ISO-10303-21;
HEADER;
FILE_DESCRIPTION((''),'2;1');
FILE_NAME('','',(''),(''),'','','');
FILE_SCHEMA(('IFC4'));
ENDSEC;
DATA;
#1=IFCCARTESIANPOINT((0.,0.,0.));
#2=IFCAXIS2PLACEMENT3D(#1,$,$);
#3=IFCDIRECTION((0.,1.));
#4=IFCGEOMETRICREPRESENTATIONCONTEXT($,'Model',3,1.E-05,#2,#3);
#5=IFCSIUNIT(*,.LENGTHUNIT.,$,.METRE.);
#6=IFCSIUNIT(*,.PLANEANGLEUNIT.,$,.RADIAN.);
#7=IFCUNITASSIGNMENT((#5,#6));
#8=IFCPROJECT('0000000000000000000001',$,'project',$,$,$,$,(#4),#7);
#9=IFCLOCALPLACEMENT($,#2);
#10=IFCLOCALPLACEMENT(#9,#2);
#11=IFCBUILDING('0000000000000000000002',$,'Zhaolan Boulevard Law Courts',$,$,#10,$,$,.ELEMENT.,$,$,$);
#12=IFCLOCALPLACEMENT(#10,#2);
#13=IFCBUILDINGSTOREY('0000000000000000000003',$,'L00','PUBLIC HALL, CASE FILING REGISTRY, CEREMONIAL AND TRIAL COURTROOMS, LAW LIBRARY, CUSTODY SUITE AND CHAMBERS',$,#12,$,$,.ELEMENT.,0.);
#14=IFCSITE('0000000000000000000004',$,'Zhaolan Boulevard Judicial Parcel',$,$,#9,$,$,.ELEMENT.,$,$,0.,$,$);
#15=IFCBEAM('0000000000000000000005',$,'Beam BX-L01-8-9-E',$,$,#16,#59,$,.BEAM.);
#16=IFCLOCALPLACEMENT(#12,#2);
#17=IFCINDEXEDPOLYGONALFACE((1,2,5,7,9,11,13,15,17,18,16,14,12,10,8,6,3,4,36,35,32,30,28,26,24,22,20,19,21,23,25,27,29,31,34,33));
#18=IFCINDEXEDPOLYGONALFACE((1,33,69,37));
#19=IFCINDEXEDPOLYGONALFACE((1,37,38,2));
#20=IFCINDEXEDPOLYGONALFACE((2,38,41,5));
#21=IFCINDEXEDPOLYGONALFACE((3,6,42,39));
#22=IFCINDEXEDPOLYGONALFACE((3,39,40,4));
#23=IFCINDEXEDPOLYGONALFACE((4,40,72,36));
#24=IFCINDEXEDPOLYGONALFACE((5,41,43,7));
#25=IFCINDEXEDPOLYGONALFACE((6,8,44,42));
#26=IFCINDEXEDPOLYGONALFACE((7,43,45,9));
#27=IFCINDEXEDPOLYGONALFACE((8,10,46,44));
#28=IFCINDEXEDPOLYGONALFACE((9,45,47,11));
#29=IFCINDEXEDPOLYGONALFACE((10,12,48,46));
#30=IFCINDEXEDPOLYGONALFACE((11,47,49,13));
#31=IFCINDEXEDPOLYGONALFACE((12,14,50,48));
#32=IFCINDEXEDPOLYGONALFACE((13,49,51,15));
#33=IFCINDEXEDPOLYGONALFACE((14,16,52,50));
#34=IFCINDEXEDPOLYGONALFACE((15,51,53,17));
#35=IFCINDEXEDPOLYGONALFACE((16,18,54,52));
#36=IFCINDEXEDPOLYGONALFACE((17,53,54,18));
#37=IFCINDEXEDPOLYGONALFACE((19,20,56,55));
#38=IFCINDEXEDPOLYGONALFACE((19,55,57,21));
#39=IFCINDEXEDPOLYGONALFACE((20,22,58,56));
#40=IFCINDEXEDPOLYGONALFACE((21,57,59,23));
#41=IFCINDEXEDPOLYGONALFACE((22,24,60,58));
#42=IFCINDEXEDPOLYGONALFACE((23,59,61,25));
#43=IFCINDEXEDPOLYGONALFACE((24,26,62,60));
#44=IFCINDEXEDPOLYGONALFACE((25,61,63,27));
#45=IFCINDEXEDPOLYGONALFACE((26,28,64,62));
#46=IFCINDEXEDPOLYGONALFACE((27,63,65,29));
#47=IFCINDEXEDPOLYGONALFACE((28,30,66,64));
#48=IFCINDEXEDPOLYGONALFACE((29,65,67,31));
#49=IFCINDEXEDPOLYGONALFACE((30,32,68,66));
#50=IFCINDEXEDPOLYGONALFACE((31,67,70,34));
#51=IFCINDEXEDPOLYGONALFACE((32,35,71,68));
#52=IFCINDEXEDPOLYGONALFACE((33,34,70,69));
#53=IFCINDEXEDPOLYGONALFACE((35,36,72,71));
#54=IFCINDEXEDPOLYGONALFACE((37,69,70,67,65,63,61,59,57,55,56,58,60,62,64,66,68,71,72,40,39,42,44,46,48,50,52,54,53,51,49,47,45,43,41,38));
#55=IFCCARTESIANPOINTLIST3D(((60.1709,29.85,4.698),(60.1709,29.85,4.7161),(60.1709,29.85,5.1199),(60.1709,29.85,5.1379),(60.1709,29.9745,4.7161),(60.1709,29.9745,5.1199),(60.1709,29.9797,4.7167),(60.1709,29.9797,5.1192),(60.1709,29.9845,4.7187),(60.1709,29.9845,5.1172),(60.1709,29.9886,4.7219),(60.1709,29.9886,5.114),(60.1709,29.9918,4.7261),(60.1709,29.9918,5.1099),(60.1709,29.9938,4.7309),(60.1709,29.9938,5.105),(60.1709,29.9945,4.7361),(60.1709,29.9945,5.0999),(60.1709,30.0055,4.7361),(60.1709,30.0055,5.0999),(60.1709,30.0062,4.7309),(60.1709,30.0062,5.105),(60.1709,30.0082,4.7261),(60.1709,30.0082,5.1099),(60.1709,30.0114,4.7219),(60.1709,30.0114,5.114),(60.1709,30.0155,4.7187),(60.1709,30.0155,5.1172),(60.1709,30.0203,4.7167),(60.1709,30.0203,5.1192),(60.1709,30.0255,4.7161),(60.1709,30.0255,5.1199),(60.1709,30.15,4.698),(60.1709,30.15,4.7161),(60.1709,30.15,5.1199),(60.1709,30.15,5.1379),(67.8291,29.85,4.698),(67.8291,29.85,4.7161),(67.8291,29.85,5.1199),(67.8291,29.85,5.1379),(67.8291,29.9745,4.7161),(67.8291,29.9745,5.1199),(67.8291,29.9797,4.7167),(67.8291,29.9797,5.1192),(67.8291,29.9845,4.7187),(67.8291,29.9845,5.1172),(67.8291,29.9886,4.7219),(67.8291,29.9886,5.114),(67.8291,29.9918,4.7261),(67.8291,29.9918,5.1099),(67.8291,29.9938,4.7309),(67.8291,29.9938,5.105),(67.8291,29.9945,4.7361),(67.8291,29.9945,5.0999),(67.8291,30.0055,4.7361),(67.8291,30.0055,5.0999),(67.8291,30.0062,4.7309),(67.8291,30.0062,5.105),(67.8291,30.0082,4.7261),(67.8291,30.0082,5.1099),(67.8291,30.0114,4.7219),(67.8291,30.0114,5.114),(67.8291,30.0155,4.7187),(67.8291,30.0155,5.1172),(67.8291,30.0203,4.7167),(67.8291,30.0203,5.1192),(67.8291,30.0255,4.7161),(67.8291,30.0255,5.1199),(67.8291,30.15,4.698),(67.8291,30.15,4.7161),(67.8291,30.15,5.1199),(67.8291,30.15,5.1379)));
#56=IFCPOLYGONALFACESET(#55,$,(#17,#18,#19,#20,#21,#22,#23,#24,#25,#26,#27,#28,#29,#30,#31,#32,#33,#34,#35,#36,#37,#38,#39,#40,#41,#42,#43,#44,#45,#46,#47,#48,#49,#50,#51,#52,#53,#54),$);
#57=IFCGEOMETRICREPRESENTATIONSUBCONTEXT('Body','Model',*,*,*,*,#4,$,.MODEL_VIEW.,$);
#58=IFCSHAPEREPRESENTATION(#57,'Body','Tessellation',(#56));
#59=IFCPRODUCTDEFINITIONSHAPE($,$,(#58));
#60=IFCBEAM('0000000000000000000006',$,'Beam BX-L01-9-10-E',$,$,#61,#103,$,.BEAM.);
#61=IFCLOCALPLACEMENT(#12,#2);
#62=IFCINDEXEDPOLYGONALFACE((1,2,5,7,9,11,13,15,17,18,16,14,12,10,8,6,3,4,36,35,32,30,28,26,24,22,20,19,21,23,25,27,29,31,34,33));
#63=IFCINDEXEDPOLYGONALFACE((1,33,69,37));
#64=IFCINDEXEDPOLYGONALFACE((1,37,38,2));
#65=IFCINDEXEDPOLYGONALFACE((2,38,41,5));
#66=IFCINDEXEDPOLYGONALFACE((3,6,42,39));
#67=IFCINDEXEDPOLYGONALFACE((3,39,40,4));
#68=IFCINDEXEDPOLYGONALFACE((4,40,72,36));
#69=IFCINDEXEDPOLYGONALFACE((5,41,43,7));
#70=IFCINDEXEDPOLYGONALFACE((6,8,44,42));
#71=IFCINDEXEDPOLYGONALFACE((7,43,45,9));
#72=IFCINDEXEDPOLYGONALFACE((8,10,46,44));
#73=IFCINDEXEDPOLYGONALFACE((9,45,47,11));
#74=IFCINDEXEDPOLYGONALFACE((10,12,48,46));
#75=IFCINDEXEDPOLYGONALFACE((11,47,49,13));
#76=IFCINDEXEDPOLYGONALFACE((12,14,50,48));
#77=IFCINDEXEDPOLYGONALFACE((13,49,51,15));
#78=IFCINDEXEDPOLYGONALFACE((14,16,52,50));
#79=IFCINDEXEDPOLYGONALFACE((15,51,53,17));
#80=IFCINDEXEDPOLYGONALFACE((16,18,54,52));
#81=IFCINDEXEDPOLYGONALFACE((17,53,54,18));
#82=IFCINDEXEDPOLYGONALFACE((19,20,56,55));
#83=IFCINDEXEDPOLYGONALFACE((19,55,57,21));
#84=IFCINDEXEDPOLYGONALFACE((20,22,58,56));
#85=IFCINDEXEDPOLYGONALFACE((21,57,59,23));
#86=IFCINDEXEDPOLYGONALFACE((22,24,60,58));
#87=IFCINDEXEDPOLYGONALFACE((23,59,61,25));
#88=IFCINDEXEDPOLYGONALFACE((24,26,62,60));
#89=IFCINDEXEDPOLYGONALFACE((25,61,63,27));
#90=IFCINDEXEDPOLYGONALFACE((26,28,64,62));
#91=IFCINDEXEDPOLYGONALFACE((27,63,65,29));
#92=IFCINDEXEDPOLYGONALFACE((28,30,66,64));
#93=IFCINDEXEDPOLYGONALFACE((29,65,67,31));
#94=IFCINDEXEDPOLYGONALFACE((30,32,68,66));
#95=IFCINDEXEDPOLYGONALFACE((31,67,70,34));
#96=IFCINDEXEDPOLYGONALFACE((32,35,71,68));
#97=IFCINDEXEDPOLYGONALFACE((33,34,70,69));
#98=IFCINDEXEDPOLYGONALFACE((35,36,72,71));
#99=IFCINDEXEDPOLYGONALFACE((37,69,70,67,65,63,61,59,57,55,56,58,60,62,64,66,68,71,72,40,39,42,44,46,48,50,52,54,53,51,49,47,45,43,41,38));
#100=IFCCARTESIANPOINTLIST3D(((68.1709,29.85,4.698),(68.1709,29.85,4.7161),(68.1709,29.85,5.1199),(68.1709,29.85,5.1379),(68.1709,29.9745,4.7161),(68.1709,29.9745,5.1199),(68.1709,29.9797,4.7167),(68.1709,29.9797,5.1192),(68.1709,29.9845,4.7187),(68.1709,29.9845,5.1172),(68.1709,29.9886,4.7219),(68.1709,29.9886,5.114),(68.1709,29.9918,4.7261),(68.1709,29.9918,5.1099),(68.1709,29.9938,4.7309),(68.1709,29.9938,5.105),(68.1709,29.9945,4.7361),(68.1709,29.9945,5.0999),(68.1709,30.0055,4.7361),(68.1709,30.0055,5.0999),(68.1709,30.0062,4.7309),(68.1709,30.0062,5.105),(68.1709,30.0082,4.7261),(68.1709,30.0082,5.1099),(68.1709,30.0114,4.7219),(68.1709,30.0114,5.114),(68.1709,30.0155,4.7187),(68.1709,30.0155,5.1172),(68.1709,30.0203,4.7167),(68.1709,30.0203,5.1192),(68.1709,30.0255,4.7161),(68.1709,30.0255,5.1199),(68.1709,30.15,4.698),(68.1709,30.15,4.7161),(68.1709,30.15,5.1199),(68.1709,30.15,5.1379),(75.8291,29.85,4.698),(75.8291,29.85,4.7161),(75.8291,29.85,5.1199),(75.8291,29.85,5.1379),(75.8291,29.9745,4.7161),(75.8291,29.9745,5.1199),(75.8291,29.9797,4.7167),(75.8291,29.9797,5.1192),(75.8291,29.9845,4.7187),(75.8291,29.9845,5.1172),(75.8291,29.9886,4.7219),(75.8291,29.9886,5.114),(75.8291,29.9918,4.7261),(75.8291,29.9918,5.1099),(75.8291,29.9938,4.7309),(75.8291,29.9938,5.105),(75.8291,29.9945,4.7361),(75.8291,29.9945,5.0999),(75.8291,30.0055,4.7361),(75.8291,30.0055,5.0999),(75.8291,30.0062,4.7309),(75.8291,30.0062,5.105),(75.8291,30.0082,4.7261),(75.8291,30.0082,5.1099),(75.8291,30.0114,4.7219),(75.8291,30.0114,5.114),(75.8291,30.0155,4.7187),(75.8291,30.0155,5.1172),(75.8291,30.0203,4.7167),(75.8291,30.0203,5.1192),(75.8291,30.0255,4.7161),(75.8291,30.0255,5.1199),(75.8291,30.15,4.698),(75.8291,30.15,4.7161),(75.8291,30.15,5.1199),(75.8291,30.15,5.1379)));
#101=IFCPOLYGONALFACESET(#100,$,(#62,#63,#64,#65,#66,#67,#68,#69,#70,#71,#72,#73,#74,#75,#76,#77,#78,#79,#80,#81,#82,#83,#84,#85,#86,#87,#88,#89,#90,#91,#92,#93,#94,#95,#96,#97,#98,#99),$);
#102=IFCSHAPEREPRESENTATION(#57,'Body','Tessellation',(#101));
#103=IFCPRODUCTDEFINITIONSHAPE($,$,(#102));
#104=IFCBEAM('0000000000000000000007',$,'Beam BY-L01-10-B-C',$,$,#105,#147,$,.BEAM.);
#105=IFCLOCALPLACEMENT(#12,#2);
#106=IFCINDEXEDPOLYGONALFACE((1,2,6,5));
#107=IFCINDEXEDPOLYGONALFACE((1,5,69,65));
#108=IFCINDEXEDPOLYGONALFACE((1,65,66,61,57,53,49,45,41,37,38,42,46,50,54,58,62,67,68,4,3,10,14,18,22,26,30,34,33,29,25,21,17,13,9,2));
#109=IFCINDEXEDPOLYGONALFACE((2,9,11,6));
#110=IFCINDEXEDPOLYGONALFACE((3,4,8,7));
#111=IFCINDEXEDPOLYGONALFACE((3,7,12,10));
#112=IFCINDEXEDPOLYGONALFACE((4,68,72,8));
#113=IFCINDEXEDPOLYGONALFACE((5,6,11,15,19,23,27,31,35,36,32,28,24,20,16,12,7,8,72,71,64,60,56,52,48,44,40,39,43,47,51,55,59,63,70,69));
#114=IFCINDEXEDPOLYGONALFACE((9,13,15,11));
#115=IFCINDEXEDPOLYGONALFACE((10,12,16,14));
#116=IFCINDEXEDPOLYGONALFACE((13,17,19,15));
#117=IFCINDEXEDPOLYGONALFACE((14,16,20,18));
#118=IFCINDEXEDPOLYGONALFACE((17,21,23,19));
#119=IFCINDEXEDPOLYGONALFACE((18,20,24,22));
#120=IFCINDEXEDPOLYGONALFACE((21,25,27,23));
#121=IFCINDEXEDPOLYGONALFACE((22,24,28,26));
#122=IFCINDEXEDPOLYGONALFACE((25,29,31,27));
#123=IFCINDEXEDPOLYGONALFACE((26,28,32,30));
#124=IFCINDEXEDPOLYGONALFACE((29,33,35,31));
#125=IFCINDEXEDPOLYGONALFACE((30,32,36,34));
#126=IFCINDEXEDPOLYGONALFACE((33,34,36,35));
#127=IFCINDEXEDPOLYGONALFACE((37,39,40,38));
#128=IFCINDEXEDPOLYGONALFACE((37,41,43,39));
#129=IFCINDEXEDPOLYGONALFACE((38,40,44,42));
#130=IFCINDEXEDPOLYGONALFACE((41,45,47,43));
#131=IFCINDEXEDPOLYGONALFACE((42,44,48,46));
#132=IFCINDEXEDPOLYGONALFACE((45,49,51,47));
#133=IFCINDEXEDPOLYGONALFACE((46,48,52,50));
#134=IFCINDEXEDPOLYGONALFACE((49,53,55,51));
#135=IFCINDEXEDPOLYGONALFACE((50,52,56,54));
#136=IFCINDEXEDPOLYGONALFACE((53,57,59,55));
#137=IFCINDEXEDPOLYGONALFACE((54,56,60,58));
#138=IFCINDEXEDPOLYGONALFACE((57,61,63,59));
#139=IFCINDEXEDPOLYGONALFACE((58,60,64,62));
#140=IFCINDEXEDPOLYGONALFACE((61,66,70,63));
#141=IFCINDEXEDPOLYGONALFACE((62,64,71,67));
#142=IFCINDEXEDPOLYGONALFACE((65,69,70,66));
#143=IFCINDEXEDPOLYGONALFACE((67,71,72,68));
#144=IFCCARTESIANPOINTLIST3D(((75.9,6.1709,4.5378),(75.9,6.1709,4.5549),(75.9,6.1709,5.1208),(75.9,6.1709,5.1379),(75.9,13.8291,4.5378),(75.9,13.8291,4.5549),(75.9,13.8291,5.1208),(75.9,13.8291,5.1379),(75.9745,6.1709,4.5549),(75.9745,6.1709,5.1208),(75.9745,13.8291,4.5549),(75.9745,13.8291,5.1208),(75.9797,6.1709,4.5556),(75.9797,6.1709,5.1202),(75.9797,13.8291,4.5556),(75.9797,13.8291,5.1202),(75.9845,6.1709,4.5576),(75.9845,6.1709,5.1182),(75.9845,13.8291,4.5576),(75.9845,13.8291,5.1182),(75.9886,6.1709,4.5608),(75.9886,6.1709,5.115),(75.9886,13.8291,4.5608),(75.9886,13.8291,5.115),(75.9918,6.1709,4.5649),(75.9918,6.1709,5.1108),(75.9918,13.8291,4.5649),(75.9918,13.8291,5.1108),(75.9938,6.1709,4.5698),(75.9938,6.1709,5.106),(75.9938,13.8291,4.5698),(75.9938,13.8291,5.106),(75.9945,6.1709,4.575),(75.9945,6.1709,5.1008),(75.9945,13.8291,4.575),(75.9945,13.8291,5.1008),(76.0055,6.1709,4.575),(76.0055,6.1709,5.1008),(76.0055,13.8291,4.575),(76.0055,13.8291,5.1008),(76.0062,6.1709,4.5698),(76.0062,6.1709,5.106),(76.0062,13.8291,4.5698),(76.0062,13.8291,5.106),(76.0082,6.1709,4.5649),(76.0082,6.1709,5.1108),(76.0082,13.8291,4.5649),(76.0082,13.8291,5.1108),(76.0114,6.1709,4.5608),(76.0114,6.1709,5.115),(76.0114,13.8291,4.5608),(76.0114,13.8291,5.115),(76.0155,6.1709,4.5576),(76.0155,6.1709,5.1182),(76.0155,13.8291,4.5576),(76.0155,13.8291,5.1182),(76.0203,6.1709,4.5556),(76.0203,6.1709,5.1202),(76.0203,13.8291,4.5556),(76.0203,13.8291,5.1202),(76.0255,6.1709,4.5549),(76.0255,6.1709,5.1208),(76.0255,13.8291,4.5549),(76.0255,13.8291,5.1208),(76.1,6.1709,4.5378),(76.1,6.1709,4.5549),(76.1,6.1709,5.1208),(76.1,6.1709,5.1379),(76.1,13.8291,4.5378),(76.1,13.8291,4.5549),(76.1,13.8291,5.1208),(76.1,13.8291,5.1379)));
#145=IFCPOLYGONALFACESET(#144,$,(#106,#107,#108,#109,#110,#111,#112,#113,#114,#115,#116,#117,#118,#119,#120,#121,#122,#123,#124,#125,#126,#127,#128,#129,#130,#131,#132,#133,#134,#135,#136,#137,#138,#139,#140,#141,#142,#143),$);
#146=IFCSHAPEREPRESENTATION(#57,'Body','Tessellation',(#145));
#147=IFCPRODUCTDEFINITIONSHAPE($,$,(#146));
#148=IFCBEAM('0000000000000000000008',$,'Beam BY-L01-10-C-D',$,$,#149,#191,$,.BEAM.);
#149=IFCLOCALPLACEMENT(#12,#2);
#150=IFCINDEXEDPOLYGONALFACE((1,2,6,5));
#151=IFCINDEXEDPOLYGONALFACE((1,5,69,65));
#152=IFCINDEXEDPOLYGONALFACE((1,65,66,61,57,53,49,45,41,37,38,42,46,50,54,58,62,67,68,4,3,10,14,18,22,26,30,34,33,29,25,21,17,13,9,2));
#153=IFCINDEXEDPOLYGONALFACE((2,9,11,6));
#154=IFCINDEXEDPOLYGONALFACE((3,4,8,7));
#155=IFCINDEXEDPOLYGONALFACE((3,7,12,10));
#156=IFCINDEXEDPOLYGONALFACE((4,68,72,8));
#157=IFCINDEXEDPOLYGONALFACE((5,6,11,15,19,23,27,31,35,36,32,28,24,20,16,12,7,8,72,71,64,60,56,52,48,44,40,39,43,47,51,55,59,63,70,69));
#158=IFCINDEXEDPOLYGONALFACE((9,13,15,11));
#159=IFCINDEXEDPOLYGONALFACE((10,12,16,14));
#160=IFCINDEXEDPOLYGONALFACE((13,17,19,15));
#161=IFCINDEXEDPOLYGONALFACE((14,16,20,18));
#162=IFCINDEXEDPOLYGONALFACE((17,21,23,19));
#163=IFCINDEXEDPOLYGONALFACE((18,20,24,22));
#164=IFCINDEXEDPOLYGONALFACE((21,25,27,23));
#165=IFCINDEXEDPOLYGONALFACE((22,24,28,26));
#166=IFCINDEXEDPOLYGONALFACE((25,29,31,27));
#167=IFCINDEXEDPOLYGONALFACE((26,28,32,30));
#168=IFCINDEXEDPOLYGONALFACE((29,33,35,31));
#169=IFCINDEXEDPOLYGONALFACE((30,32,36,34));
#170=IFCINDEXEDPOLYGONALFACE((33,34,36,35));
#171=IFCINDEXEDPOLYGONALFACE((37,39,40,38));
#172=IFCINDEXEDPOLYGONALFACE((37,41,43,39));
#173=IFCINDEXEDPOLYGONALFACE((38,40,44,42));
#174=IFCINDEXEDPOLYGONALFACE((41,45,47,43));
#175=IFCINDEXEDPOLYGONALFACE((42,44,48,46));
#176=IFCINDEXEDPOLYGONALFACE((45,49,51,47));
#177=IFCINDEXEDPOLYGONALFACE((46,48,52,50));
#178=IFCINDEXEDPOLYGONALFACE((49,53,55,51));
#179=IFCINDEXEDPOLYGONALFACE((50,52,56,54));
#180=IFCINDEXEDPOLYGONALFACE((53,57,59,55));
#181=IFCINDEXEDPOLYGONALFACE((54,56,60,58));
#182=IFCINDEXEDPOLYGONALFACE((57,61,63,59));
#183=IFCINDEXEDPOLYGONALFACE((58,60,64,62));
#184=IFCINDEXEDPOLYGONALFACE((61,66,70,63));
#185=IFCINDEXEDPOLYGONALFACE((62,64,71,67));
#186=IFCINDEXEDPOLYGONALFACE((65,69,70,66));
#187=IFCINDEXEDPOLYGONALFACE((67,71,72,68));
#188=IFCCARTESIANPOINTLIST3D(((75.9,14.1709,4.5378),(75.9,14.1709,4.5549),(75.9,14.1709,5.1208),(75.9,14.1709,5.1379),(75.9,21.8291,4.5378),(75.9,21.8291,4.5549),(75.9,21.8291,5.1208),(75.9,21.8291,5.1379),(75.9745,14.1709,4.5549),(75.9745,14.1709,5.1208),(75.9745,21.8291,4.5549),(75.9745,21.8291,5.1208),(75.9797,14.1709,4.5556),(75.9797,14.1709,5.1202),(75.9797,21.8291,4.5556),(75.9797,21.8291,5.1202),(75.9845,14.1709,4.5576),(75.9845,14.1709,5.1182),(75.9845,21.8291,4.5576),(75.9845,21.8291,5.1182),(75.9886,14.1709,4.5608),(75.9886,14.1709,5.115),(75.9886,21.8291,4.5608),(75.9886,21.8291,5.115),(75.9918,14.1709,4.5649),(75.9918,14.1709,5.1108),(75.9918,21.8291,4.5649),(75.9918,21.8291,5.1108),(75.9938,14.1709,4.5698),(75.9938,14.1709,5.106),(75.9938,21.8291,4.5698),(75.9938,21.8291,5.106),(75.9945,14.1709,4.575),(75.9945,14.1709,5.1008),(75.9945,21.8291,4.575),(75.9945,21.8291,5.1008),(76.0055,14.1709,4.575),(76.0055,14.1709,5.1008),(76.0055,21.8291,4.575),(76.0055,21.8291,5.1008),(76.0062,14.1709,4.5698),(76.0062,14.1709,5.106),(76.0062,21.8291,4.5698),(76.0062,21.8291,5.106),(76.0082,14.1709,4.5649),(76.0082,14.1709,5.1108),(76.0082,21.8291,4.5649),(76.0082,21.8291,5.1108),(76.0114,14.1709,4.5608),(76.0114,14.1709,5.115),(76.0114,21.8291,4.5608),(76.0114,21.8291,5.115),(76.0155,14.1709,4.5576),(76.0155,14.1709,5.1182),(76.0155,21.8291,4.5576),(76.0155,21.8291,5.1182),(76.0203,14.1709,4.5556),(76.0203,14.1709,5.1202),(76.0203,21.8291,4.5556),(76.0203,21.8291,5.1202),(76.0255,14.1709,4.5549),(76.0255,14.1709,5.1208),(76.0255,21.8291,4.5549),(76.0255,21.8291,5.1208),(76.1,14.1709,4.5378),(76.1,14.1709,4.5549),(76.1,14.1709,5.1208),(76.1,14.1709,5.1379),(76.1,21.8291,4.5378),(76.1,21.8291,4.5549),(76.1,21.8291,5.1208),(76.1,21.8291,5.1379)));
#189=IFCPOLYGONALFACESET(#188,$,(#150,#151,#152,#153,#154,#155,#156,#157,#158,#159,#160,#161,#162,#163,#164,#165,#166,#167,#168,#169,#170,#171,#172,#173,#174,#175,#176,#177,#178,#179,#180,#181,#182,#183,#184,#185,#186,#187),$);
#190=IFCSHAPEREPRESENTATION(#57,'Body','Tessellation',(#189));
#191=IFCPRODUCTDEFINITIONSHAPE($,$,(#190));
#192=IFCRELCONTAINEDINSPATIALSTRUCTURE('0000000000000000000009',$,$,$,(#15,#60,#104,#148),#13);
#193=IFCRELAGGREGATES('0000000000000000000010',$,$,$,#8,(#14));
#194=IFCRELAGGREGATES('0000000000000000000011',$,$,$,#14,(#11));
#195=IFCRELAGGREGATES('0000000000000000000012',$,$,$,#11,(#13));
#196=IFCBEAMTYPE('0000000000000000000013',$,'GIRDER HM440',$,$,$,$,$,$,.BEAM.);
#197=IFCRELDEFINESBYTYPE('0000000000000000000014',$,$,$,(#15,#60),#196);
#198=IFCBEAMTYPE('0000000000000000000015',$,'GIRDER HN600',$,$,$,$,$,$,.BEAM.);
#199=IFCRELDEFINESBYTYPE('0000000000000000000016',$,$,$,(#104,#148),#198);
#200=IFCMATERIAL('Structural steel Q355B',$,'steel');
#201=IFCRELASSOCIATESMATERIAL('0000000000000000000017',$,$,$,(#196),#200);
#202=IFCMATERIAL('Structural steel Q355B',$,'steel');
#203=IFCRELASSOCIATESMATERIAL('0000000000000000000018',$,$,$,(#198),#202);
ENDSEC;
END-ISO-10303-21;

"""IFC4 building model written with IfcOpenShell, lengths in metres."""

from ifc_helpers import new_model, si_unit, direction, frame, origin, origin_2d, place, context, subcontext, project, spatial, i_section, extrude, material, material_profile, profile_set, type_object, element, save


model = new_model("IFC4")

# Units and contexts
model_context = context("Model", 3, precision=1e-05, world=origin(), true_north=direction((0.0, 1.0)))
body_context = subcontext(model_context, "Body", "Model", "MODEL_VIEW")
ifc_project = project(units=[si_unit("LENGTHUNIT", "METRE"), si_unit("PLANEANGLEUNIT", "RADIAN")], contexts=[model_context])

# Site, building, storey
site_placement = place(None, origin())
site = spatial("IfcSite", under=ifc_project, at=site_placement, Name="Zhaolan Boulevard Judicial Parcel", CompositionType="ELEMENT", RefElevation=0.0)
building_placement = place(site_placement, origin())
building = spatial("IfcBuilding", under=site, at=building_placement, Name="Zhaolan Boulevard Law Courts", CompositionType="ELEMENT")
storey_placement = place(building_placement, origin())
storey = spatial("IfcBuildingStorey", under=building, at=storey_placement, Name="L00", Description="PUBLIC HALL, CASE FILING REGISTRY, CEREMONIAL AND TRIAL COURTROOMS, LAW LIBRARY, CUSTODY SUITE AND CHAMBERS", CompositionType="ELEMENT", Elevation=0.0)

# Beams
ifc_material_1 = material(Name="Structural steel Q355B", Category="steel")
ifc_material_profile_1 = material_profile(ifc_material_1, i_section(OverallWidth=0.3, OverallDepth=0.4399, WebThickness=0.011, FlangeThickness=0.0181, FilletRadius=0.02, at=origin_2d()), Name="HM440x300")
ifc_profile_set_1 = profile_set([ifc_material_profile_1], Name="Structural steel Q355B")
beam_type_1 = type_object("IfcBeamType", Name="GIRDER HM440", PredefinedType="BEAM", material=ifc_profile_set_1)
for number, where, z_axis, x_axis, name in (
    (1, (60.1709, 30.0, 4.918), (1.0, 0.0, 0.0), (0.0, 1.0, 0.0), "Beam BX-L01-8-9-E"),
    (2, (68.1709, 30.0, 4.918), (1.0, 0.0, 0.0), (0.0, 1.0, 0.0), "Beam BX-L01-9-10-E"),
):
    element("IfcBeam", number, at=place(storey_placement, frame(where, z_axis=z_axis, x_axis=x_axis)), inside=storey, type_object=beam_type_1, Name=name, PredefinedType="BEAM", context=body_context, shape_type="SweptSolid", body=[
        extrude(i_section(OverallWidth=0.3, OverallDepth=0.4399, WebThickness=0.011, FlangeThickness=0.0181, FilletRadius=0.02, at=origin_2d()), origin(), (0.0, 0.0, 1.0), 7.6582),
    ])
ifc_material_2 = material(Name="Structural steel Q355B", Category="steel")
ifc_material_profile_2 = material_profile(ifc_material_2, i_section(OverallWidth=0.2, OverallDepth=0.6001, WebThickness=0.011, FlangeThickness=0.0171, FilletRadius=0.02, at=origin_2d()), Name="HN600x200")
ifc_profile_set_2 = profile_set([ifc_material_profile_2], Name="Structural steel Q355B")
beam_type_2 = type_object("IfcBeamType", Name="GIRDER HN600", PredefinedType="BEAM", material=ifc_profile_set_2)
for number, where, z_axis, x_axis, name in (
    (3, (76.0, 6.1709, 4.8379), (0.0, 1.0, 0.0), (-1.0, 0.0, 0.0), "Beam BY-L01-10-B-C"),
    (4, (76.0, 14.1709, 4.8379), (0.0, 1.0, 0.0), (-1.0, 0.0, 0.0), "Beam BY-L01-10-C-D"),
):
    element("IfcBeam", number, at=place(storey_placement, frame(where, z_axis=z_axis, x_axis=x_axis)), inside=storey, type_object=beam_type_2, Name=name, PredefinedType="BEAM", context=body_context, shape_type="SweptSolid", body=[
        extrude(i_section(OverallWidth=0.2, OverallDepth=0.6001, WebThickness=0.011, FlangeThickness=0.0171, FilletRadius=0.02, at=origin_2d()), origin(), (0.0, 0.0, 1.0), 7.6582),
    ])

save(model, "model.ifc")
